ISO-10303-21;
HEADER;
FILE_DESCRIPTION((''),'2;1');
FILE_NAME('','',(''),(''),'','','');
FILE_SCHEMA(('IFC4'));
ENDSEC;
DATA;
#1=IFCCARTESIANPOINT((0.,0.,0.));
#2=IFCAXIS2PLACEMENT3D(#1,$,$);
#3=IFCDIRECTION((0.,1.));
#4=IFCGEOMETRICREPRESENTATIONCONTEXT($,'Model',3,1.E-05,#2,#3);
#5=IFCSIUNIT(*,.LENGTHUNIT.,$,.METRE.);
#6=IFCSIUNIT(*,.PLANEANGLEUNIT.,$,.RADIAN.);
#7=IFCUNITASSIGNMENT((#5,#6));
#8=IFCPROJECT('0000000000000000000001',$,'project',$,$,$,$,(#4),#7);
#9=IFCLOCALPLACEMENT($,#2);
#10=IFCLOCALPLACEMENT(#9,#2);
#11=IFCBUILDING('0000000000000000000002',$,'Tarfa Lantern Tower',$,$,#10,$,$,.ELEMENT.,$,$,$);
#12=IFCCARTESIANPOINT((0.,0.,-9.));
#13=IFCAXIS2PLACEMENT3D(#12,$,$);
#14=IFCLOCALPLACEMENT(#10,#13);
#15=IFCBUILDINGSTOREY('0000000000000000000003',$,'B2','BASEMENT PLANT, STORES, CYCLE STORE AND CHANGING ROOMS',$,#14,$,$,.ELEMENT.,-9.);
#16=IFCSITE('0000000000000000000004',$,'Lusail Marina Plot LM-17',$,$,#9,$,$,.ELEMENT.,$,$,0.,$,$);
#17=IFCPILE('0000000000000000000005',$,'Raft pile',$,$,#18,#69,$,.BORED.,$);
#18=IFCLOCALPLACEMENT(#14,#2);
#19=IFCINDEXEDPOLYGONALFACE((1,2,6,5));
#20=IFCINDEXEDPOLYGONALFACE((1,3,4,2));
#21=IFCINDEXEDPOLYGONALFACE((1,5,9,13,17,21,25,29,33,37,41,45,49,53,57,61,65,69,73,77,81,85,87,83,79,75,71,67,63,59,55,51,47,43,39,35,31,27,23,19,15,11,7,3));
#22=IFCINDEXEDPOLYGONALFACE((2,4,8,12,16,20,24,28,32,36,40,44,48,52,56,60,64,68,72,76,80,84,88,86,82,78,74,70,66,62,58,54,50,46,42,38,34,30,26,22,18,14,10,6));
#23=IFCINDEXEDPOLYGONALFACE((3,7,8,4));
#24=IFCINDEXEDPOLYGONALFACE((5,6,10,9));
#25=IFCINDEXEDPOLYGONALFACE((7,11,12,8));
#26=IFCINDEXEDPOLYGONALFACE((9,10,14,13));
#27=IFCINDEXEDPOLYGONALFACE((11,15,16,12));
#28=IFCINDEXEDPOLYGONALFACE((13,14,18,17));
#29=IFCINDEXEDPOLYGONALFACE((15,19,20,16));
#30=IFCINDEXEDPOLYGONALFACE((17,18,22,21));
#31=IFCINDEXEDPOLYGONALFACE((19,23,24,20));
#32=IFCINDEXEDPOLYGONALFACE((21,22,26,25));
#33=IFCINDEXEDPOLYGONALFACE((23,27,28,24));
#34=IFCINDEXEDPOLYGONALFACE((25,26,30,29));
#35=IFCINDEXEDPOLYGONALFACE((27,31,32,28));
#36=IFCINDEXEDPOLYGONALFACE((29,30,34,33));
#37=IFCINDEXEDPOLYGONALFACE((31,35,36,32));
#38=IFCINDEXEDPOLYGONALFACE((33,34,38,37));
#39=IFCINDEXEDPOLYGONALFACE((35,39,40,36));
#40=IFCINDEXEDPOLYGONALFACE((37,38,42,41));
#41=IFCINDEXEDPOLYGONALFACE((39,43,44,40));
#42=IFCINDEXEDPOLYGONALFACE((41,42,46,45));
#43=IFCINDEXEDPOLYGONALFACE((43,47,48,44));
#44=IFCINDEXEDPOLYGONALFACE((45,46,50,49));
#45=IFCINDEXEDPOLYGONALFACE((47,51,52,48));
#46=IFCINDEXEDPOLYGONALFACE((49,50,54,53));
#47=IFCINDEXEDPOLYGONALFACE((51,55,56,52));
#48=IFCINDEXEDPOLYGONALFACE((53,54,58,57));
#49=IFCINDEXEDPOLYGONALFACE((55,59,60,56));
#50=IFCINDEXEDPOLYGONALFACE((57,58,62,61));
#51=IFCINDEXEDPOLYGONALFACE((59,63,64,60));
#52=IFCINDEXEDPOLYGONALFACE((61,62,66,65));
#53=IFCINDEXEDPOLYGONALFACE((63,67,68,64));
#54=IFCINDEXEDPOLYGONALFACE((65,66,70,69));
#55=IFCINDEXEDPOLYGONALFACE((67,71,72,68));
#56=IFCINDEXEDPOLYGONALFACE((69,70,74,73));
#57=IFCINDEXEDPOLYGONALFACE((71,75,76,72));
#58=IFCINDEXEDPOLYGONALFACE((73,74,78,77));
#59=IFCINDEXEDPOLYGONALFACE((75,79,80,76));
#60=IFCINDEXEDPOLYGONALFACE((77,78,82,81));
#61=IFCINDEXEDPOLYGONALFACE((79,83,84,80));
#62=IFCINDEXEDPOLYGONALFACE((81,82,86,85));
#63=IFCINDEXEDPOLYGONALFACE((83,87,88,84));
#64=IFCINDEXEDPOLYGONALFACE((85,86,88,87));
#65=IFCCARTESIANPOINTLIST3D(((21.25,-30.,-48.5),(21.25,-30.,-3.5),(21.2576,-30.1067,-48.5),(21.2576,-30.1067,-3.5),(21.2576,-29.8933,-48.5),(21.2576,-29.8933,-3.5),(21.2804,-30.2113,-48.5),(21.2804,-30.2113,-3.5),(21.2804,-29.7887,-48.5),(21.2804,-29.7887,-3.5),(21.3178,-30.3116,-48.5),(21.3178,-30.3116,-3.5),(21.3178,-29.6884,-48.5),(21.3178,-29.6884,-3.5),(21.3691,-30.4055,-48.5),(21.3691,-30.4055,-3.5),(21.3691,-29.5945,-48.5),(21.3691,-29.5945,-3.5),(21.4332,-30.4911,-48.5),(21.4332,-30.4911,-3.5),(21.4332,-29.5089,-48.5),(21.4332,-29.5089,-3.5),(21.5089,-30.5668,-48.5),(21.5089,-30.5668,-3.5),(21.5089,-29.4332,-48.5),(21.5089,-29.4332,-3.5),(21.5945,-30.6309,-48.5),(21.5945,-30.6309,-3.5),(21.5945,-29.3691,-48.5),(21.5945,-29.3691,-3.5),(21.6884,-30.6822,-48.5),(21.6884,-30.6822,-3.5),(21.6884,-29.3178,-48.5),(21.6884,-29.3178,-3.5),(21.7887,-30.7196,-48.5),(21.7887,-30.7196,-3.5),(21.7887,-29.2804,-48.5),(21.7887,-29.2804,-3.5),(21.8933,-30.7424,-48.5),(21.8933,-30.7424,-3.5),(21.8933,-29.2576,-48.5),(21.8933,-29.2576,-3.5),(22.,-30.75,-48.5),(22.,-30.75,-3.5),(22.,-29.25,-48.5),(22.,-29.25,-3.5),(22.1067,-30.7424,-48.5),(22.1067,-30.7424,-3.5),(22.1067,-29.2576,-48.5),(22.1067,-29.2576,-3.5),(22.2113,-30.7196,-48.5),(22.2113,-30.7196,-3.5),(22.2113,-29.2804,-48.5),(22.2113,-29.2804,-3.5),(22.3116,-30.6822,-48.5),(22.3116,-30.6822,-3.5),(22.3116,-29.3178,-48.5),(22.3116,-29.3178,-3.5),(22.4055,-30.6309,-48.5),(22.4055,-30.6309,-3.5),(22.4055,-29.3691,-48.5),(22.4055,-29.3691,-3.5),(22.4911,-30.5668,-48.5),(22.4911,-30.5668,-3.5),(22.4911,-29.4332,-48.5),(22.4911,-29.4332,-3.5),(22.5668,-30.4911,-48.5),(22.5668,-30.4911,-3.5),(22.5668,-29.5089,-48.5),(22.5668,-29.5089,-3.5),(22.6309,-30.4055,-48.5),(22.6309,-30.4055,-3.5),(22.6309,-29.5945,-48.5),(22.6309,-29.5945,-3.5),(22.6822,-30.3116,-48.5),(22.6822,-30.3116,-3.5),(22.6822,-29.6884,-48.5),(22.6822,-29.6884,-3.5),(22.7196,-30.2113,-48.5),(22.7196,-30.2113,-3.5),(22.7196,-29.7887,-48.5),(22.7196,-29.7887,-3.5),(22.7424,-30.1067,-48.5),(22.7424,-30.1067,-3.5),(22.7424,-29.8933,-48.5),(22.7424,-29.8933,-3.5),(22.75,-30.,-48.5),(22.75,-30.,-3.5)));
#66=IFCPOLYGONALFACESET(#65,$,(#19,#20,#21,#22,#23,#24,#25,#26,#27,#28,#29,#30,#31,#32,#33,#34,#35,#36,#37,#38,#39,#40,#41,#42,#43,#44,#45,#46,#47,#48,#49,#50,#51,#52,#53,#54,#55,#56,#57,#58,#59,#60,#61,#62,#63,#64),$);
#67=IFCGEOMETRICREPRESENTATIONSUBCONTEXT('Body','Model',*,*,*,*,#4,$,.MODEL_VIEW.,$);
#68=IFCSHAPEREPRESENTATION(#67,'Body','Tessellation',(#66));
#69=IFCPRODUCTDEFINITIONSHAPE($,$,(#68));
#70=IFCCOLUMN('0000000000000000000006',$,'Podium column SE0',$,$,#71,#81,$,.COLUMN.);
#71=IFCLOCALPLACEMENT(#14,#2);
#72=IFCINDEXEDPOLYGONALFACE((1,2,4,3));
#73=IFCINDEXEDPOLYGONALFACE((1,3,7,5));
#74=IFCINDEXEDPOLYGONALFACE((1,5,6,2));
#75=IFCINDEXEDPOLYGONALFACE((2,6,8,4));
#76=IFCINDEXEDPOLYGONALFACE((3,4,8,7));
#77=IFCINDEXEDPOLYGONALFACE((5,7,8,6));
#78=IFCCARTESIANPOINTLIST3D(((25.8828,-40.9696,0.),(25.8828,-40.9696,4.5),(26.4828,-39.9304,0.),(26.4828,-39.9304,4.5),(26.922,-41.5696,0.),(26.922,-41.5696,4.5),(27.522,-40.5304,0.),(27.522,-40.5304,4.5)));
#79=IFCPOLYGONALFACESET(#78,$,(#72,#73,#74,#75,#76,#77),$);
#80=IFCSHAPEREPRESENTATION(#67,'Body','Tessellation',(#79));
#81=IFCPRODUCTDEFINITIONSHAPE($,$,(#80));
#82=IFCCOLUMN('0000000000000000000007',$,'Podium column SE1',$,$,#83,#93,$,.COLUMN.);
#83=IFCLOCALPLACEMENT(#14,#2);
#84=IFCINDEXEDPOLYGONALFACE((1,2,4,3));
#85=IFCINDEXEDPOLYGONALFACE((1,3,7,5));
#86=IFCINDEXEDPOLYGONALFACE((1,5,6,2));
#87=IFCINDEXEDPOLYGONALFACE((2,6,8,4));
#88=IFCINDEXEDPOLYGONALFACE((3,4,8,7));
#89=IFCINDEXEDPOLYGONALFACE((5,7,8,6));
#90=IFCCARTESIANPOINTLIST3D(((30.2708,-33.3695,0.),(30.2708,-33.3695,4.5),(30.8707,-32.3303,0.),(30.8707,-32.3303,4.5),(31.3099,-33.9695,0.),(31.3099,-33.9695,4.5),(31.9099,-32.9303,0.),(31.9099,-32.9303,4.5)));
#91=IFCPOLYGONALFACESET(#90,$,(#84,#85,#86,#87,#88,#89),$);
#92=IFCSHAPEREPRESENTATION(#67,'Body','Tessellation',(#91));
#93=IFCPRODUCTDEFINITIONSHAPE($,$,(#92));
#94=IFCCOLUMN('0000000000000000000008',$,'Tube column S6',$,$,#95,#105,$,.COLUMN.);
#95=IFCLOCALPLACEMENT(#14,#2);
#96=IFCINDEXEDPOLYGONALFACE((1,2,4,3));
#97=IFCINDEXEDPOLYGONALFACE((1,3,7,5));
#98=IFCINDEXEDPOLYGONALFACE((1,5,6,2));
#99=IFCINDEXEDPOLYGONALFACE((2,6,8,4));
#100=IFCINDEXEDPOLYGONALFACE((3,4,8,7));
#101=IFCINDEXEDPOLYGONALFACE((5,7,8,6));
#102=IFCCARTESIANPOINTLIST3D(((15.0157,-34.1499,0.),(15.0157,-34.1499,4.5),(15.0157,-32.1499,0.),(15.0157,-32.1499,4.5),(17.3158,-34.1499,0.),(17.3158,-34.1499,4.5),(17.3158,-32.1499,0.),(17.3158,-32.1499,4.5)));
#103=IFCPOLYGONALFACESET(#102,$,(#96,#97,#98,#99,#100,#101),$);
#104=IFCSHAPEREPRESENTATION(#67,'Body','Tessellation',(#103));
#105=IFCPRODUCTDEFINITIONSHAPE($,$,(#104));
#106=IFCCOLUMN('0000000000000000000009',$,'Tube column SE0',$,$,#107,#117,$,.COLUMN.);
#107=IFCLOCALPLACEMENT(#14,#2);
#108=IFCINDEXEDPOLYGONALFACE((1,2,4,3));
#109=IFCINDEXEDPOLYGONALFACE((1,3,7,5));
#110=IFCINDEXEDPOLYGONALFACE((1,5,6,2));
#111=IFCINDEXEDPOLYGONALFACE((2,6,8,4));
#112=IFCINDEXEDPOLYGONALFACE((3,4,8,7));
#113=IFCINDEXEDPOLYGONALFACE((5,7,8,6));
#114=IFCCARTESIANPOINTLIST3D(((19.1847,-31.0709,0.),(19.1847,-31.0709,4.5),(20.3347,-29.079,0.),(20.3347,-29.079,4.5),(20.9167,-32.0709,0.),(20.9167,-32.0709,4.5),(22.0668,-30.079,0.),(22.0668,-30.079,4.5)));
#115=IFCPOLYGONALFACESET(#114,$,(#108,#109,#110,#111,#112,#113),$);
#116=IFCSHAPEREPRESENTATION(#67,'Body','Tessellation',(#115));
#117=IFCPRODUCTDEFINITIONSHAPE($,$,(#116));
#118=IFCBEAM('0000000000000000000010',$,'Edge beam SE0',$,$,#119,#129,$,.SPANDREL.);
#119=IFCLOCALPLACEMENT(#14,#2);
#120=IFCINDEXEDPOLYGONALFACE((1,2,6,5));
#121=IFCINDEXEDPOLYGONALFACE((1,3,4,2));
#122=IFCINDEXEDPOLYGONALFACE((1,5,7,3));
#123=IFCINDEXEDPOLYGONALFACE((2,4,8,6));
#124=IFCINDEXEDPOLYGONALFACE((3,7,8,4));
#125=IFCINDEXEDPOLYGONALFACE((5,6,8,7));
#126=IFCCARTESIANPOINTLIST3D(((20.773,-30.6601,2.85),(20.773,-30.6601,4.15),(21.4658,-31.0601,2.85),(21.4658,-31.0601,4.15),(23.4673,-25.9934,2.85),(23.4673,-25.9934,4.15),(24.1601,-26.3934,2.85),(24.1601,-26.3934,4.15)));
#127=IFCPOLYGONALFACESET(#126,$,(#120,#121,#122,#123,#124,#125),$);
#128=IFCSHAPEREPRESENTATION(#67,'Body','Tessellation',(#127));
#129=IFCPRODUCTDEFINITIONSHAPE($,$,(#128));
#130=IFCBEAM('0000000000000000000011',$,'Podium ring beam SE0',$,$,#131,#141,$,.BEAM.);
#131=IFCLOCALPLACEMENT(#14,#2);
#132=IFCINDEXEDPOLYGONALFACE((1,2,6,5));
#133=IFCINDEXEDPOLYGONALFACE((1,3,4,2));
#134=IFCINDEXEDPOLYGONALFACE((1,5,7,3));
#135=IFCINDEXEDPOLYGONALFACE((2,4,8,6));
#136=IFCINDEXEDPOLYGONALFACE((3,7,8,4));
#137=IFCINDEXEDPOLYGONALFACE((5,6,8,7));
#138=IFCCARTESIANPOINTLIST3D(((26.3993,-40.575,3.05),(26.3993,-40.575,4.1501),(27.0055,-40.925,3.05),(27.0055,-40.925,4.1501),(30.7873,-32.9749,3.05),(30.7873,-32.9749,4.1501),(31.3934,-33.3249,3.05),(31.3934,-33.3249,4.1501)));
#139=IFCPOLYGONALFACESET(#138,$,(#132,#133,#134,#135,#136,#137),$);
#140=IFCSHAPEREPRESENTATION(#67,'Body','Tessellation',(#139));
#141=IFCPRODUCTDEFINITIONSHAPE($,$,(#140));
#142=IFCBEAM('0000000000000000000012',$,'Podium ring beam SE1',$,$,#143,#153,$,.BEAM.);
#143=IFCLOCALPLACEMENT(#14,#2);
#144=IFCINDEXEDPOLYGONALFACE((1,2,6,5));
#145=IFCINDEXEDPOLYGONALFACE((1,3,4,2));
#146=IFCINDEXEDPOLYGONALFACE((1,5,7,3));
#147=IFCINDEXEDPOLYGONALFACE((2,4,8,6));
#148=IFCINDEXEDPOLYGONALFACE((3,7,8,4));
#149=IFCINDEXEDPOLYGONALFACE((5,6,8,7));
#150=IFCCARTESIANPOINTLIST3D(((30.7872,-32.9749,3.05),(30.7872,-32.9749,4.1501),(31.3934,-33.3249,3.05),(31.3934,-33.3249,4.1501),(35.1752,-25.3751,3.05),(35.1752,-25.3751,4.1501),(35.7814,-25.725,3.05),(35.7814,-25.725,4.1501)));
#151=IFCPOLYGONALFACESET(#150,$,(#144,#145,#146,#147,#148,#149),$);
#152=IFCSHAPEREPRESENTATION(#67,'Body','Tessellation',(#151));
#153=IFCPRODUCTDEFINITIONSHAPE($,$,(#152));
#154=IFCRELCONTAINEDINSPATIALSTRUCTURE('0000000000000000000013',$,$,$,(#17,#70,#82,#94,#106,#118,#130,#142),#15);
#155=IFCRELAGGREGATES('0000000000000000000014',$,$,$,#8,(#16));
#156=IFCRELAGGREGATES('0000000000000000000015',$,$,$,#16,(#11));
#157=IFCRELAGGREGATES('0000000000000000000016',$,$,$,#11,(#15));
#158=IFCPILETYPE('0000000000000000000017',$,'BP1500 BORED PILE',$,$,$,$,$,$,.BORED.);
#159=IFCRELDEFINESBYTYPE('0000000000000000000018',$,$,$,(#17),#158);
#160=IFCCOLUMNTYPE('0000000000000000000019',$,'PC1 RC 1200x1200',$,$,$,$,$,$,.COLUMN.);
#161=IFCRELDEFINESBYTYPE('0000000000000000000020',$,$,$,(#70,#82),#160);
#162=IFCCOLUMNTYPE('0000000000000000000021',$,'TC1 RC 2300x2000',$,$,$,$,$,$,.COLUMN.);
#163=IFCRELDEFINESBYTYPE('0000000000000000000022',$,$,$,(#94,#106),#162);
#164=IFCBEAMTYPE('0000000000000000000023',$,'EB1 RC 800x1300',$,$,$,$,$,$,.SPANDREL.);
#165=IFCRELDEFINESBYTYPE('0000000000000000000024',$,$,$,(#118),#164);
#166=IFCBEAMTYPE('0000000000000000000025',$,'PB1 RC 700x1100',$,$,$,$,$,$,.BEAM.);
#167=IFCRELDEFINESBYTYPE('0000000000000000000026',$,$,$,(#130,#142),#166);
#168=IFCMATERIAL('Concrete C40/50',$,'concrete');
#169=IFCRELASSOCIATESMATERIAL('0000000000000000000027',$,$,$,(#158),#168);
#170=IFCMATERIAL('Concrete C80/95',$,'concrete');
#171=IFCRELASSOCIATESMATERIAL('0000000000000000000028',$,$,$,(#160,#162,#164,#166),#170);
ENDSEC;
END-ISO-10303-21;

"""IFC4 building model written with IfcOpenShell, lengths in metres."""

from ifc_helpers import new_model, si_unit, direction, frame, origin, origin_2d, place, context, subcontext, project, spatial, rectangle, circle, extrude, material, material_profile, profile_set, type_object, element, save


model = new_model("IFC4")

# Units and contexts
model_context = context("Model", 3, precision=1e-05, world=origin(), true_north=direction((0.0, 1.0)))
body_context = subcontext(model_context, "Body", "Model", "MODEL_VIEW")
ifc_project = project(units=[si_unit("LENGTHUNIT", "METRE"), si_unit("PLANEANGLEUNIT", "RADIAN")], contexts=[model_context])

# Site, building, storey
site_placement = place(None, origin())
site = spatial("IfcSite", under=ifc_project, at=site_placement, Name="Lusail Marina Plot LM-17", CompositionType="ELEMENT", RefElevation=0.0)
building_placement = place(site_placement, origin())
building = spatial("IfcBuilding", under=site, at=building_placement, Name="Tarfa Lantern Tower", CompositionType="ELEMENT")
storey_placement = place(building_placement, frame((0.0, 0.0, -9.0)))
storey = spatial("IfcBuildingStorey", under=building, at=storey_placement, Name="B2", Description="BASEMENT PLANT, STORES, CYCLE STORE AND CHANGING ROOMS", CompositionType="ELEMENT", Elevation=-9.0)

# Pile
ifc_material_1 = material(Name="Concrete C40/50", Category="concrete")
ifc_material_profile_1 = material_profile(ifc_material_1, circle(Radius=0.75, at=origin_2d()), Name="BORED PILE D1500")
ifc_profile_set_1 = profile_set([ifc_material_profile_1], Name="Concrete C40/50")
pile_type_1 = type_object("IfcPileType", Name="BP1500 BORED PILE", PredefinedType="BORED", material=ifc_profile_set_1)
for number, where, z_axis, x_axis, name in (
    (1, (22.0, -30.0, -3.5), (0.0, 0.0, -1.0), (1.0, 0.0, 0.0), "Raft pile"),
):
    element("IfcPile", number, at=place(storey_placement, frame(where, z_axis=z_axis, x_axis=x_axis)), inside=storey, type_object=pile_type_1, Name=name, PredefinedType="BORED", context=body_context, shape_type="SweptSolid", body=[
        extrude(circle(Radius=0.75, at=origin_2d()), origin(), (0.0, 0.0, 1.0), 45.0),
    ])

# Columns
ifc_material_2 = material(Name="Concrete C80/95", Category="concrete")
ifc_material_profile_2 = material_profile(ifc_material_2, rectangle(XDim=1.2, YDim=1.2, at=origin_2d()), Name="RC 1200x1200")
ifc_profile_set_2 = profile_set([ifc_material_profile_2], Name="Concrete C80/95")
column_type_1 = type_object("IfcColumnType", Name="PC1 RC 1200x1200", PredefinedType="COLUMN", material=ifc_profile_set_2)
for number, where, z_axis, x_axis, name in (
    (2, (26.7024, -40.75, 0.0), (0.0, 0.0, 1.0), (0.5, 0.866025, 0.0), "Podium column SE0"),
    (3, (31.0903, -33.1499, 0.0), (0.0, 0.0, 1.0), (0.5, 0.866025, 0.0), "Podium column SE1"),
):
    element("IfcColumn", number, at=place(storey_placement, frame(where, z_axis=z_axis, x_axis=x_axis)), inside=storey, type_object=column_type_1, Name=name, PredefinedType="COLUMN", context=body_context, shape_type="SweptSolid", body=[
        extrude(rectangle(XDim=1.2, YDim=1.2, at=origin_2d()), origin(), (0.0, 0.0, 1.0), 4.5),
    ])
ifc_material_profile_3 = material_profile(ifc_material_2, rectangle(XDim=2.3, YDim=2.0, at=origin_2d()), Name="RC 2300x2000")
ifc_profile_set_3 = profile_set([ifc_material_profile_3], Name="Concrete C80/95")
column_type_2 = type_object("IfcColumnType", Name="TC1 RC 2300x2000", PredefinedType="COLUMN", material=ifc_profile_set_3)
for number, where, z_axis, x_axis, name in (
    (4, (16.1658, -33.1499, 0.0), (0.0, 0.0, 1.0), (1.0, 0.0, 0.0), "Tube column S6"),
    (5, (20.6257, -30.575, 0.0), (0.0, 0.0, 1.0), (0.5, 0.866025, 0.0), "Tube column SE0"),
):
    element("IfcColumn", number, at=place(storey_placement, frame(where, z_axis=z_axis, x_axis=x_axis)), inside=storey, type_object=column_type_2, Name=name, PredefinedType="COLUMN", context=body_context, shape_type="SweptSolid", body=[
        extrude(rectangle(XDim=2.3, YDim=2.0, at=origin_2d()), origin(), (0.0, 0.0, 1.0), 4.5),
    ])

# Beams
ifc_material_profile_4 = material_profile(ifc_material_2, rectangle(XDim=0.8, YDim=1.3, at=origin_2d()), Name="RC 800x1300")
ifc_profile_set_4 = profile_set([ifc_material_profile_4], Name="Concrete C80/95")
beam_type_1 = type_object("IfcBeamType", Name="EB1 RC 800x1300", PredefinedType="SPANDREL", material=ifc_profile_set_4)
beam_1_placement = place(storey_placement, frame((21.1194, -30.8601, 3.5), z_axis=(0.499998, 0.866026, 0.0), x_axis=(-0.866026, 0.499998, 0.0)))
element("IfcBeam", 6, at=beam_1_placement, inside=storey, type_object=beam_type_1, Name="Edge beam SE0", PredefinedType="SPANDREL", context=body_context, shape_type="SweptSolid", body=[
    extrude(rectangle(XDim=0.8, YDim=1.3, at=origin_2d()), origin(), (0.0, 0.0, 1.0), 5.3887),
])
ifc_material_profile_5 = material_profile(ifc_material_2, rectangle(XDim=0.7, YDim=1.1001, at=origin_2d()), Name="RC 700x1100")
ifc_profile_set_5 = profile_set([ifc_material_profile_5], Name="Concrete C80/95")
beam_type_2 = type_object("IfcBeamType", Name="PB1 RC 700x1100", PredefinedType="BEAM", material=ifc_profile_set_5)
beam_2_placement = place(storey_placement, frame((26.7024, -40.75, 3.6001), z_axis=(0.500002, 0.866024, 0.0), x_axis=(-0.866024, 0.500002, 0.0)))
element("IfcBeam", 7, at=beam_2_placement, inside=storey, type_object=beam_type_2, Name="Podium ring beam SE0", PredefinedType="BEAM", context=body_context, shape_type="SweptSolid", body=[
    extrude(rectangle(XDim=0.7, YDim=1.1001, at=origin_2d()), origin(), (0.0, 0.0, 1.0), 8.7759),
])
beam_3_placement = place(storey_placement, frame((31.0903, -33.1499, 3.6001), z_axis=(0.500014, 0.866017, 0.0), x_axis=(-0.866017, 0.500014, 0.0)))
element("IfcBeam", 8, at=beam_3_placement, inside=storey, type_object=beam_type_2, Name="Podium ring beam SE1", PredefinedType="BEAM", context=body_context, shape_type="SweptSolid", body=[
    extrude(rectangle(XDim=0.7, YDim=1.1001, at=origin_2d()), origin(), (0.0, 0.0, 1.0), 8.7756),
])

save(model, "model.ifc")
